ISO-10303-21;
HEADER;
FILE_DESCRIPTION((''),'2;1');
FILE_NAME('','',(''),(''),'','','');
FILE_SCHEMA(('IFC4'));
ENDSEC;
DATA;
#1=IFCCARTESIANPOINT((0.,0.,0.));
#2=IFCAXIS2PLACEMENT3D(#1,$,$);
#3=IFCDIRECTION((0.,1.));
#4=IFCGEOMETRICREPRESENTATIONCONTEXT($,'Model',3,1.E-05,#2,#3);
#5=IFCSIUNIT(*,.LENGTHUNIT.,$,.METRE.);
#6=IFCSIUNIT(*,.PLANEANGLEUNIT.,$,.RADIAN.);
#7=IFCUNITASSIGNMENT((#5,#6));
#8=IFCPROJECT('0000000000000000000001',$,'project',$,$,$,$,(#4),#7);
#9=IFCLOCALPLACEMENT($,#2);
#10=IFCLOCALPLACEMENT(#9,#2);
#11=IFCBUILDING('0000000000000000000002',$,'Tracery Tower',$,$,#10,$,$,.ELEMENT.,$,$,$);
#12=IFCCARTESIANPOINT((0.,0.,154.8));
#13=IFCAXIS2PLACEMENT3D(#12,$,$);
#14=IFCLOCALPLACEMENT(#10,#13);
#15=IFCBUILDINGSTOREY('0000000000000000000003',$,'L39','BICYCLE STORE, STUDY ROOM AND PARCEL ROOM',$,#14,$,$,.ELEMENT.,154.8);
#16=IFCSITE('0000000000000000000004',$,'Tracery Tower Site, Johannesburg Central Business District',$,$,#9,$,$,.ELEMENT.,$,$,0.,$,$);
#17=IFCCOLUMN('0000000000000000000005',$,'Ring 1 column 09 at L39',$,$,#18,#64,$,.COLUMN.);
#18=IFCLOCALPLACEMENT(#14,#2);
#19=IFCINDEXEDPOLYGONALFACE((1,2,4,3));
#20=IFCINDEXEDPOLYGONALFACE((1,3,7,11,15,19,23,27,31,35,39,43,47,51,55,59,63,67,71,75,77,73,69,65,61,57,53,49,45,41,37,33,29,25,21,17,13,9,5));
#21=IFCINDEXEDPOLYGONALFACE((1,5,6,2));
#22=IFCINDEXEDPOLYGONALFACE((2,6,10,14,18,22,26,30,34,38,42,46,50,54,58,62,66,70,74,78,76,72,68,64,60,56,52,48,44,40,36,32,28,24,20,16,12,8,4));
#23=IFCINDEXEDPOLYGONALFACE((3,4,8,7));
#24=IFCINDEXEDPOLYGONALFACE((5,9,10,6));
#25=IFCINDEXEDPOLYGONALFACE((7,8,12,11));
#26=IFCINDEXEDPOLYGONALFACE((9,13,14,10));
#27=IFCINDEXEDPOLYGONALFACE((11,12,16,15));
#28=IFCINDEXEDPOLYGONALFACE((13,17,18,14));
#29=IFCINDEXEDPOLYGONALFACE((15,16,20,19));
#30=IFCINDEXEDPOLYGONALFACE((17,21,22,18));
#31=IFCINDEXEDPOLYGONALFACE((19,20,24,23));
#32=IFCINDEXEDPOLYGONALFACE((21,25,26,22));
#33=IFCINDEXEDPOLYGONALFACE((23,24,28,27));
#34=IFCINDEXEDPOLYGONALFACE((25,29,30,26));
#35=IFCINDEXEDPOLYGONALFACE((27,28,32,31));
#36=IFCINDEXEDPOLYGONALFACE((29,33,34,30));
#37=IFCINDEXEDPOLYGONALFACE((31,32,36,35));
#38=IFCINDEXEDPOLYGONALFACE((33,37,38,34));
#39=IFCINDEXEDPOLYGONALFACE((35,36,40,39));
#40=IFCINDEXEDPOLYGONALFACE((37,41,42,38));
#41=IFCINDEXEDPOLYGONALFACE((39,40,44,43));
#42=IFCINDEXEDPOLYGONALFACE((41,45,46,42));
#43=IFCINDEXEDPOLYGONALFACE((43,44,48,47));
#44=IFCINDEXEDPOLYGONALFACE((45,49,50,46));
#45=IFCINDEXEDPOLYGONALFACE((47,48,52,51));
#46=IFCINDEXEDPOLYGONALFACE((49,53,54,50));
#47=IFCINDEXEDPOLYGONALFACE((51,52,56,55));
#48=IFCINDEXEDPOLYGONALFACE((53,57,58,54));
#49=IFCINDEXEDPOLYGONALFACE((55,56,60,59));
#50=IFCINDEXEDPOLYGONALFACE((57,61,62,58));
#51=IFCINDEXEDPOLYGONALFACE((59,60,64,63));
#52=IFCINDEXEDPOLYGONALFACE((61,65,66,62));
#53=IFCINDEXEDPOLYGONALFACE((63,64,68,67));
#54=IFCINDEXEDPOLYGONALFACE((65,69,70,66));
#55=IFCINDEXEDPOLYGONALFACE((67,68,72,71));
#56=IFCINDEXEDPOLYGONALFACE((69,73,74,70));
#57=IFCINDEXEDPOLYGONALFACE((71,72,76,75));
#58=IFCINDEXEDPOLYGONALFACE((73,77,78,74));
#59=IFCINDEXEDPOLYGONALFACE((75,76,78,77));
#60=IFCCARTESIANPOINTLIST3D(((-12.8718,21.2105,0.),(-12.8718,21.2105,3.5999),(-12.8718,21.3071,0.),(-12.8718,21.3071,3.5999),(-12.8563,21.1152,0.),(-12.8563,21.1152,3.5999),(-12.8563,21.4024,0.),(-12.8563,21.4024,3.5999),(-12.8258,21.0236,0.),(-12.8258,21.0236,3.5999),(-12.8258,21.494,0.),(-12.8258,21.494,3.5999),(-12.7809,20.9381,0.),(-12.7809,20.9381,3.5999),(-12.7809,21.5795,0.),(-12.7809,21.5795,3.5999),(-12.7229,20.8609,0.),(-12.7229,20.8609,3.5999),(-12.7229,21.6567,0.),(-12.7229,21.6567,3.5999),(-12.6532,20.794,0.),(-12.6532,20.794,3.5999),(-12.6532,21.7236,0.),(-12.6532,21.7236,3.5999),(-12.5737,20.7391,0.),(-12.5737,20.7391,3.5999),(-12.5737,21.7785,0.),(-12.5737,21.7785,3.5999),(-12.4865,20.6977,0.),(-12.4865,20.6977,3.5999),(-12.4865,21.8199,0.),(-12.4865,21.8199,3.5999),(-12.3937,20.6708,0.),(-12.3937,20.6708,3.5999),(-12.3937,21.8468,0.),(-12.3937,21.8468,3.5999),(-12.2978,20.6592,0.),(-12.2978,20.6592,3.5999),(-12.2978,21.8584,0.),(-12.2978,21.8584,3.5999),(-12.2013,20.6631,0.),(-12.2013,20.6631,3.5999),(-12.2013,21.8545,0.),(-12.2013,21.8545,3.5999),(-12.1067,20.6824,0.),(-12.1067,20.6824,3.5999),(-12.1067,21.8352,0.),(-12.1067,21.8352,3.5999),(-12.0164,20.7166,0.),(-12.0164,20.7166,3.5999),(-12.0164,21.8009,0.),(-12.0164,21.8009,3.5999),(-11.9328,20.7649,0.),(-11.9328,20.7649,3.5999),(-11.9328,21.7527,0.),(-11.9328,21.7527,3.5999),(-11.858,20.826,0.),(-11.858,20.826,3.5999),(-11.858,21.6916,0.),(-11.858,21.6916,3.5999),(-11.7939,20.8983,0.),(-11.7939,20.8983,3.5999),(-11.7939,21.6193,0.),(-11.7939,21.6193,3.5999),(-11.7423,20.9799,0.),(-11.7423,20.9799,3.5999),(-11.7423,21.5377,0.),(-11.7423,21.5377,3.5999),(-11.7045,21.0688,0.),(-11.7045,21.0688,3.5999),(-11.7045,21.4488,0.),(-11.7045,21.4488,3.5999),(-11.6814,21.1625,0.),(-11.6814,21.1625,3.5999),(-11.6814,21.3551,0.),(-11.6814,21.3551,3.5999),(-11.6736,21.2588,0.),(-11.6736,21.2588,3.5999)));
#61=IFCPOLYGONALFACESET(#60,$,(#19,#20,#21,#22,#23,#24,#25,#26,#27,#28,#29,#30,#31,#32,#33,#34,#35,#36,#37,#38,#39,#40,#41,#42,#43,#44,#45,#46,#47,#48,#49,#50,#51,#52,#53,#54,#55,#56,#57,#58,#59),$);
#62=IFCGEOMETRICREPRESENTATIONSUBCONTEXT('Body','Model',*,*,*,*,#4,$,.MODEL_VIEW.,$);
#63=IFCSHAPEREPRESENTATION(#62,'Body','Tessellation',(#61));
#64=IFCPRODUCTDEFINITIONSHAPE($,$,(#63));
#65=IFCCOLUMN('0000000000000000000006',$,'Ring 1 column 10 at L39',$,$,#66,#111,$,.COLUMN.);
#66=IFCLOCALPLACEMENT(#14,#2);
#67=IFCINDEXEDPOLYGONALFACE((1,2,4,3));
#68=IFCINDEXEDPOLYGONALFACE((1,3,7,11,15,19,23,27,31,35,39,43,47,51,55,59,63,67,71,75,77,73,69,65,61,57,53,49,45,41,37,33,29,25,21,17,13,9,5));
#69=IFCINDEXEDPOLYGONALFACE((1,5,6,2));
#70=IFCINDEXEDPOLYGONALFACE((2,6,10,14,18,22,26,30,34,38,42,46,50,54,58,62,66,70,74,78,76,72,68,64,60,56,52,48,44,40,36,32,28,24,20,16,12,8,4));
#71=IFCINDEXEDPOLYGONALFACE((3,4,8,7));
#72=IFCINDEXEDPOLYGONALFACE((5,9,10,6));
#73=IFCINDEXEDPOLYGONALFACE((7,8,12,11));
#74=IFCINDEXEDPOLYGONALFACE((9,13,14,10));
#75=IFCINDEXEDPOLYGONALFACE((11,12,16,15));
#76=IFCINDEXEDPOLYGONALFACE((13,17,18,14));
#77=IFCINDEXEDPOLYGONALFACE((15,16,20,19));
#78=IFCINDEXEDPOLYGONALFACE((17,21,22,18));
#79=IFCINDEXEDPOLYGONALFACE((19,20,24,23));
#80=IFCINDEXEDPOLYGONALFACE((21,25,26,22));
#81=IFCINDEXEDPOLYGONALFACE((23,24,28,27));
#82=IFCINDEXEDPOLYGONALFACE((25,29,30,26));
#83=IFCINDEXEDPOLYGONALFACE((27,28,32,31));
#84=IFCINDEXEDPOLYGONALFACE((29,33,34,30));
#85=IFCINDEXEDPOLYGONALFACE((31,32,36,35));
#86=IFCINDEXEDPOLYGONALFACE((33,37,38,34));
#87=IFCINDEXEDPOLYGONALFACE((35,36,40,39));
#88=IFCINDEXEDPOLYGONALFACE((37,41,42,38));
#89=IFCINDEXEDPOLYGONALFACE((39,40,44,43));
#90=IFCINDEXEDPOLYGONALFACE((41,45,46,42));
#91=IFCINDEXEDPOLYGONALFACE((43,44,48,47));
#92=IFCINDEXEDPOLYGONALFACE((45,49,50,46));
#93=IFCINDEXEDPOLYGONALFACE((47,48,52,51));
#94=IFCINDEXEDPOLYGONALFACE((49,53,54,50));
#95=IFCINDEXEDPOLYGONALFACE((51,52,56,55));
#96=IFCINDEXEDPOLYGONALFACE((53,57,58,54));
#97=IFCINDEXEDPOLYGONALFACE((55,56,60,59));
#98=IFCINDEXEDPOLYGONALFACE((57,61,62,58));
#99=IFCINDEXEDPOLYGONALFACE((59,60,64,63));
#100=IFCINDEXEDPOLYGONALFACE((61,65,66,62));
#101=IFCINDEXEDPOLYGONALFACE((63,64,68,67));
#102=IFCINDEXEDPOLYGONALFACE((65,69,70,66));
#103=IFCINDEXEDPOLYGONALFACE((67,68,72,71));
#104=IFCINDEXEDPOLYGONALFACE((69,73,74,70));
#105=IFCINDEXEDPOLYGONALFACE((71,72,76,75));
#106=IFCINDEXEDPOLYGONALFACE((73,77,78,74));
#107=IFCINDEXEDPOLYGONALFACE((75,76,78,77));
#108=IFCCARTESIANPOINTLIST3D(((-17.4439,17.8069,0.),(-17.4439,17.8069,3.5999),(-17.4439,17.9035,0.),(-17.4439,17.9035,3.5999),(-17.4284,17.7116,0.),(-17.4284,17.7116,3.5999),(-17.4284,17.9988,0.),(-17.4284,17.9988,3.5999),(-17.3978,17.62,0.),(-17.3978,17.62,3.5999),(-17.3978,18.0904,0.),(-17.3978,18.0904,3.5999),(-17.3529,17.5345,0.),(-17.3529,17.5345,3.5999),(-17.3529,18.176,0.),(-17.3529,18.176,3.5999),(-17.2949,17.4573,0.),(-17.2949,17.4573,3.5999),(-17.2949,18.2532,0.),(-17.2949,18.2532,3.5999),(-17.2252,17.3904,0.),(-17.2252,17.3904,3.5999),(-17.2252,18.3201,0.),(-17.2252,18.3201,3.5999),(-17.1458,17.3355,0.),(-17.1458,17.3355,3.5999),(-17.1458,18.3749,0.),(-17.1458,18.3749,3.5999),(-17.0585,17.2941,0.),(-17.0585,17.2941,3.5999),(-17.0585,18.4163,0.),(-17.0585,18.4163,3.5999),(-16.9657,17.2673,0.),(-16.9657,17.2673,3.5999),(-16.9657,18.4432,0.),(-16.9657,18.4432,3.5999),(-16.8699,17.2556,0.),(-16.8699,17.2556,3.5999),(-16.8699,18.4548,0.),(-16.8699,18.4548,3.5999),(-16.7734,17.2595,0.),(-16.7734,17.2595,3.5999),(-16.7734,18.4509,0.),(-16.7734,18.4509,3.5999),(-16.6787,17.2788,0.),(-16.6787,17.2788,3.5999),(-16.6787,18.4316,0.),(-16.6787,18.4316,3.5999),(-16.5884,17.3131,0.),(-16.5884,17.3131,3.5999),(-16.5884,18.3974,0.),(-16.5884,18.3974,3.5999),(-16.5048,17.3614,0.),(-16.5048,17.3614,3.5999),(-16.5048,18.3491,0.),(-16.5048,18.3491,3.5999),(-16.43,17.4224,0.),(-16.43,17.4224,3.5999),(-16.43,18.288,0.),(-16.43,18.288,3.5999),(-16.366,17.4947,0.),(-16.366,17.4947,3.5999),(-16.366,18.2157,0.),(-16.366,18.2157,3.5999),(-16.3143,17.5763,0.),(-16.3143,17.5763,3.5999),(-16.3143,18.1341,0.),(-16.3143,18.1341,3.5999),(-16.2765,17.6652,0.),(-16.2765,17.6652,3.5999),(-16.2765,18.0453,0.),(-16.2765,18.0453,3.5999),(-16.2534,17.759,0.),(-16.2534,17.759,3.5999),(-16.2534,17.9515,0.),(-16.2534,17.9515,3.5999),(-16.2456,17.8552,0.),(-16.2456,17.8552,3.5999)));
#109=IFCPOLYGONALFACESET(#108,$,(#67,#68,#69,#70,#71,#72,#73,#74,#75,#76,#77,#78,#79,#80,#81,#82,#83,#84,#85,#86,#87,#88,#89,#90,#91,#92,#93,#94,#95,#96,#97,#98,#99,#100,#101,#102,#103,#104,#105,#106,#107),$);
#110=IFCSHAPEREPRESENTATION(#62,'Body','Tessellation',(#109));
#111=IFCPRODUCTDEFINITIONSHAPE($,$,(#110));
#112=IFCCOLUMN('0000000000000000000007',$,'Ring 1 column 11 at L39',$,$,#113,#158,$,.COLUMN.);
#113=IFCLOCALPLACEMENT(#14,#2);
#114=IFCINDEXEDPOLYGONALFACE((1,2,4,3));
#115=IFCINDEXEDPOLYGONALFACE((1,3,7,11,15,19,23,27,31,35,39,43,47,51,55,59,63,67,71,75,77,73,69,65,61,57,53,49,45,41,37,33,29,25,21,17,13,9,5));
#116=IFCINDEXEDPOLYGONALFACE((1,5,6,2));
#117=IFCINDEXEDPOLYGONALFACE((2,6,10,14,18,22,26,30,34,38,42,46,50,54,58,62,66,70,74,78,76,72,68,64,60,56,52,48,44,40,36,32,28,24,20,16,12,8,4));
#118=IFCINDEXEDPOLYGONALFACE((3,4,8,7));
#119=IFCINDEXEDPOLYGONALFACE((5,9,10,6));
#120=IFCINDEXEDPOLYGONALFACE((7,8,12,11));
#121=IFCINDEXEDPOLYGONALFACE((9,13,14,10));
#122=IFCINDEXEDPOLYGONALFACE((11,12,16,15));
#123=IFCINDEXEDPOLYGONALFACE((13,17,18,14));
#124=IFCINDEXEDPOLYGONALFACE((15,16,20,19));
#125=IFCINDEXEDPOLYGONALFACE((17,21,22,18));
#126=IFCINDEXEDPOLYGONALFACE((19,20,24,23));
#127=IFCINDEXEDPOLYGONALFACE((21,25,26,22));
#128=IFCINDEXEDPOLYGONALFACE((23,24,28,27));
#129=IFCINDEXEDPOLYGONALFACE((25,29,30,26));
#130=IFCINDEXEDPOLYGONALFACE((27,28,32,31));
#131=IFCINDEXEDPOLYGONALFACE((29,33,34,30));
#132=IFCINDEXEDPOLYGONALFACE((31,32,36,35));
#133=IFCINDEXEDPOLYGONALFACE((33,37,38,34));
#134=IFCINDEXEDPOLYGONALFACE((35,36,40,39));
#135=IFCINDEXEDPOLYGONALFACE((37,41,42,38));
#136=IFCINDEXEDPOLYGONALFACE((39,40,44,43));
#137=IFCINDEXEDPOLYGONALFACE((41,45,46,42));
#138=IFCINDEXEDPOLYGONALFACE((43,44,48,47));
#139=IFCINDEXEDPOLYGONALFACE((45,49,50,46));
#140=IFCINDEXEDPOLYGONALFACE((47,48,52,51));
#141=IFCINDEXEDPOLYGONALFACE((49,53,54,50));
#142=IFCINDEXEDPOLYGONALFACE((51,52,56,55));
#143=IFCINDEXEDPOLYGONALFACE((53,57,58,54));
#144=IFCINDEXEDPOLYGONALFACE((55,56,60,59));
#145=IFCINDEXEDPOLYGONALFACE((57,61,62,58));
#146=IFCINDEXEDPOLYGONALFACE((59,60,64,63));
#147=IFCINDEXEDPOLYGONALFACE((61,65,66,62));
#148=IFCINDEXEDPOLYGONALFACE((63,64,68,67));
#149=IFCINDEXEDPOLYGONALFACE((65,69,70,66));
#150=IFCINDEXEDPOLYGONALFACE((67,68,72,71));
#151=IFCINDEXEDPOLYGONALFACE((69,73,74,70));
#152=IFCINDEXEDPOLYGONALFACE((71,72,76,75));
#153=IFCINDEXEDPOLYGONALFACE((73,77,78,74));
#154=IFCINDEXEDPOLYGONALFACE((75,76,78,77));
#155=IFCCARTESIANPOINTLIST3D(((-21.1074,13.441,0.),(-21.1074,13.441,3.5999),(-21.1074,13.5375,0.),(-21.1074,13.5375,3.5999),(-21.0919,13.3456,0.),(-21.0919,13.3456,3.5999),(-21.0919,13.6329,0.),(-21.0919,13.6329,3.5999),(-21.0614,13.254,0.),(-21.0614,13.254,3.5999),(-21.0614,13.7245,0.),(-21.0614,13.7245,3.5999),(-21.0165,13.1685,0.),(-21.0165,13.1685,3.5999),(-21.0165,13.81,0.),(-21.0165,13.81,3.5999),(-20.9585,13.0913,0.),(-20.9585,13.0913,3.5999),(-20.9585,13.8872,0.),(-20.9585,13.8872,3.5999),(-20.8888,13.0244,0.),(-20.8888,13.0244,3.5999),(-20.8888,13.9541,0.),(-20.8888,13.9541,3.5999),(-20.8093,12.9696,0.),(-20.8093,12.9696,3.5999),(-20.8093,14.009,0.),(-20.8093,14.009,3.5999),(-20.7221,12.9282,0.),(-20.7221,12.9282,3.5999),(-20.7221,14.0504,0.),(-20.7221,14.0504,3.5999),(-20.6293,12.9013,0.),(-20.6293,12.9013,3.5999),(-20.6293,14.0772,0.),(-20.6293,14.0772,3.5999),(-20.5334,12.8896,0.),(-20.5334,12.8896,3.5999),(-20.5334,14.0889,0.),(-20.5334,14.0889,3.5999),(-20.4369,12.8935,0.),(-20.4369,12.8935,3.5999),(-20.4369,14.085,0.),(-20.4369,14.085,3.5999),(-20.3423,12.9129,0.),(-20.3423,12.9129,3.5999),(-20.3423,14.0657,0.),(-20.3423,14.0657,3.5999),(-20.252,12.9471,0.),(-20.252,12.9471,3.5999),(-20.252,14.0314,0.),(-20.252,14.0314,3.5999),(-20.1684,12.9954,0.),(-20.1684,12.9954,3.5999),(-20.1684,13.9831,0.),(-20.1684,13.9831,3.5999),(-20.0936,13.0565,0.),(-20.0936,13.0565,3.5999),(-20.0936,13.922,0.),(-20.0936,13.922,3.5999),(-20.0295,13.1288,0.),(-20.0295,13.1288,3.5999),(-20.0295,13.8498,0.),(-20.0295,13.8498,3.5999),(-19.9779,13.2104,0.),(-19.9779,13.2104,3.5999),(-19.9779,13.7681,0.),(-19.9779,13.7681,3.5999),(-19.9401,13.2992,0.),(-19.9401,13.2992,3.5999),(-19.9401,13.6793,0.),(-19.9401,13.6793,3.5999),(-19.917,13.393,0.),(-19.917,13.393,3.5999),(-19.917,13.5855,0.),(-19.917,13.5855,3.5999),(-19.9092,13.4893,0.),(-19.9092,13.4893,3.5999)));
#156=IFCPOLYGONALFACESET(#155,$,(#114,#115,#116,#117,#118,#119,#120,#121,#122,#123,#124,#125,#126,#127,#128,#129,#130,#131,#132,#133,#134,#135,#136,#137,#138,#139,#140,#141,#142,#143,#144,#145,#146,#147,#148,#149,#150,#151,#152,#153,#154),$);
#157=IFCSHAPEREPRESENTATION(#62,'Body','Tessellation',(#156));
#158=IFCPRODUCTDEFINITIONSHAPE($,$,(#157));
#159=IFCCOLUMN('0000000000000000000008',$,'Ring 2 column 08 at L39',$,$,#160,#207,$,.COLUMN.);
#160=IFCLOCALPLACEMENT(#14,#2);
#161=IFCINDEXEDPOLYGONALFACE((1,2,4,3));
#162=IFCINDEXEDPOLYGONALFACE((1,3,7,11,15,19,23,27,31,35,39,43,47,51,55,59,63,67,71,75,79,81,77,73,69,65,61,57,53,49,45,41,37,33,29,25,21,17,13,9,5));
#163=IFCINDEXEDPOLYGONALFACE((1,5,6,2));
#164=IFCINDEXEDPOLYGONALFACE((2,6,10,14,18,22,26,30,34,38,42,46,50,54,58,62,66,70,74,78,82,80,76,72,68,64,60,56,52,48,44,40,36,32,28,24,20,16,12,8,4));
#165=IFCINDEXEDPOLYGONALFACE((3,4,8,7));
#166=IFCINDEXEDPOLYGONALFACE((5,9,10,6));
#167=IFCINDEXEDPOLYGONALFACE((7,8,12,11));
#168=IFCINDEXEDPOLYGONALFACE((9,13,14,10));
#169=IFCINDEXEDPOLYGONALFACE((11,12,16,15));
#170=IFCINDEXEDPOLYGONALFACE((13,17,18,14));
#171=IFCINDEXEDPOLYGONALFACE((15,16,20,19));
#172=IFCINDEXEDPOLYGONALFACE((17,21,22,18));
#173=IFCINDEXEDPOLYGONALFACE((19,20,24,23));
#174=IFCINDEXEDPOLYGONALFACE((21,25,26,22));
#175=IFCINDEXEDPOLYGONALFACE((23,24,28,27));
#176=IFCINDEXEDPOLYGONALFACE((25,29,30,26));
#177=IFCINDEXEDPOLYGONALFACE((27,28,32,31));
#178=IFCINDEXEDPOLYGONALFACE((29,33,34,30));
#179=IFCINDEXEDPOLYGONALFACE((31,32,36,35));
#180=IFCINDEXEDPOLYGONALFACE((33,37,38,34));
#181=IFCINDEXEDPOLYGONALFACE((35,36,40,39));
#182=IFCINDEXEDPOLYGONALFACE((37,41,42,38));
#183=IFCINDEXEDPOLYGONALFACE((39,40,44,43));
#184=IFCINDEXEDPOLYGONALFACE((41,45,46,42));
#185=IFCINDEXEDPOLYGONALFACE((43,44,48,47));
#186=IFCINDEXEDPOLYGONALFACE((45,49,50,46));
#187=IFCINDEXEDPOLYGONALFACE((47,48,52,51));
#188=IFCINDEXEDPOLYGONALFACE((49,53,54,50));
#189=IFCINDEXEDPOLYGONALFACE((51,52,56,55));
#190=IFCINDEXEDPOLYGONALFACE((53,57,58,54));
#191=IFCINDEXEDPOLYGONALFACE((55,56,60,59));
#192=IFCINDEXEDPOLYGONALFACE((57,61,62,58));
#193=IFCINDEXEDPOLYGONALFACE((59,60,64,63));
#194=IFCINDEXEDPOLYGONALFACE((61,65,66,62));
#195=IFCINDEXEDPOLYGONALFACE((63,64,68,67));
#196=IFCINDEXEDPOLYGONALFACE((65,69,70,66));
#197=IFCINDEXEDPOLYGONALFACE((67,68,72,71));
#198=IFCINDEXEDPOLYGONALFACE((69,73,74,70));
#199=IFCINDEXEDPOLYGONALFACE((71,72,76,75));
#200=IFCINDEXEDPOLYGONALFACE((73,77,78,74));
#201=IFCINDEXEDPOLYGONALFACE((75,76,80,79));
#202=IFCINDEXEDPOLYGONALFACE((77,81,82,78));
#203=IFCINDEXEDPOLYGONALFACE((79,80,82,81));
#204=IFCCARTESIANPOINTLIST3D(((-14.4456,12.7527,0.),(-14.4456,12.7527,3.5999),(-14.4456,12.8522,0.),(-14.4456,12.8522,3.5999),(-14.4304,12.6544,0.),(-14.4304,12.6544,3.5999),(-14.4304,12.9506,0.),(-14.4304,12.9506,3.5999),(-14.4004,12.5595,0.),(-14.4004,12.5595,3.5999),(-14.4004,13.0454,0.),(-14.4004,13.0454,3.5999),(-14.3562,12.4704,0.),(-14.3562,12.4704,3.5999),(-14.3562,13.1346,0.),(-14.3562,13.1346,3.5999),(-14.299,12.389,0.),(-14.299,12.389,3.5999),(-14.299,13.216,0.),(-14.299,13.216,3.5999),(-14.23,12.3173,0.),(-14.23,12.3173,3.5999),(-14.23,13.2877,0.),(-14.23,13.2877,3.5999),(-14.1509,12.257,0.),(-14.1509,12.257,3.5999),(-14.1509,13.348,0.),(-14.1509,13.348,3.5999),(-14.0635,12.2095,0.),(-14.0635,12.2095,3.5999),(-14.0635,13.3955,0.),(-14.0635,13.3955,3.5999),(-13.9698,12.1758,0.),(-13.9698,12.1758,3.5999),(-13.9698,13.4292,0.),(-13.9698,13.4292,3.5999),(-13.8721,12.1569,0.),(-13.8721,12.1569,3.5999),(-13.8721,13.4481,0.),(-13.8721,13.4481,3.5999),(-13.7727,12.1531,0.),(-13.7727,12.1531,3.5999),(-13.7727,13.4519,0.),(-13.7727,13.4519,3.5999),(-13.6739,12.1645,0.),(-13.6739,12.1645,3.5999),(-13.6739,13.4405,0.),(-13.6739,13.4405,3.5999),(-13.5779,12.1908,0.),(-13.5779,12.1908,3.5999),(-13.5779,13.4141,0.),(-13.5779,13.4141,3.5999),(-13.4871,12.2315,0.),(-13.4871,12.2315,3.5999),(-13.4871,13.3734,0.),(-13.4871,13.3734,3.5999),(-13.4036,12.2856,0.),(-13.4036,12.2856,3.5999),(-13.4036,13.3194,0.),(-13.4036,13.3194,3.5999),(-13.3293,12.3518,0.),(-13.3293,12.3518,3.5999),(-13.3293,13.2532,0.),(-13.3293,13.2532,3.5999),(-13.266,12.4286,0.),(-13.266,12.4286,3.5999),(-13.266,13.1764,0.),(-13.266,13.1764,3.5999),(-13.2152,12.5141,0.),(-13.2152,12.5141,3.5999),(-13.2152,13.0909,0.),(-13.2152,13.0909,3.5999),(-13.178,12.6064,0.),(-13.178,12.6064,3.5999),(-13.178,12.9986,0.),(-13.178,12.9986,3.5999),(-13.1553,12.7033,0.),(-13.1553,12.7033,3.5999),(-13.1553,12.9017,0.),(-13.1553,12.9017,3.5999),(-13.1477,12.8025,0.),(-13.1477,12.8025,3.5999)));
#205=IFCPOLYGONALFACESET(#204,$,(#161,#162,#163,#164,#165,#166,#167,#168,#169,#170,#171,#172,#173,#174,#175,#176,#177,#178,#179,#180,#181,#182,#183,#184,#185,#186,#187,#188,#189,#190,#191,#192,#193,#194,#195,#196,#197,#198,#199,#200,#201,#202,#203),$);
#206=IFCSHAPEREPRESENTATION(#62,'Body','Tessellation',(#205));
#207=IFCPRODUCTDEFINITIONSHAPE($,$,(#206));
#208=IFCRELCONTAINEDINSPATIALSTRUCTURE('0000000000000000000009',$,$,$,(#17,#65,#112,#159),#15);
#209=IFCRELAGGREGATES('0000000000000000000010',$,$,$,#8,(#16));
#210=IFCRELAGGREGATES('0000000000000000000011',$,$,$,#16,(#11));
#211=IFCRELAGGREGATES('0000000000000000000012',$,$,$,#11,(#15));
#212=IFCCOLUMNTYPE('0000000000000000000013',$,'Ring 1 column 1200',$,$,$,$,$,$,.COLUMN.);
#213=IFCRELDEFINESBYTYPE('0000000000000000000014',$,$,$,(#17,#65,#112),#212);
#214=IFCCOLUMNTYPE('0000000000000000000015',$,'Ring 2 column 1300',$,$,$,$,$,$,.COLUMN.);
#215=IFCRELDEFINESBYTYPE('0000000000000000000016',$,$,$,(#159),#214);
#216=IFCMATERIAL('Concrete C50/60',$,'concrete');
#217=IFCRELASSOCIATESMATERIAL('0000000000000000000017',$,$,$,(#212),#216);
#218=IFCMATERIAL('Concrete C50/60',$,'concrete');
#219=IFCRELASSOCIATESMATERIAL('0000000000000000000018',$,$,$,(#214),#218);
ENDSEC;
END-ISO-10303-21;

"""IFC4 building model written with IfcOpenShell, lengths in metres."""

from ifc_helpers import new_model, si_unit, direction, frame, origin, origin_2d, place, context, subcontext, project, spatial, circle, extrude, material, material_profile, profile_set, type_object, element, save


model = new_model("IFC4")

# Units and contexts
model_context = context("Model", 3, precision=1e-05, world=origin(), true_north=direction((0.0, 1.0)))
body_context = subcontext(model_context, "Body", "Model", "MODEL_VIEW")
ifc_project = project(units=[si_unit("LENGTHUNIT", "METRE"), si_unit("PLANEANGLEUNIT", "RADIAN")], contexts=[model_context])

# Site, building, storey
site_placement = place(None, origin())
site = spatial("IfcSite", under=ifc_project, at=site_placement, Name="Tracery Tower Site, Johannesburg Central Business District", CompositionType="ELEMENT", RefElevation=0.0)
building_placement = place(site_placement, origin())
building = spatial("IfcBuilding", under=site, at=building_placement, Name="Tracery Tower", CompositionType="ELEMENT")
storey_placement = place(building_placement, frame((0.0, 0.0, 154.8)))
storey = spatial("IfcBuildingStorey", under=building, at=storey_placement, Name="L39", Description="BICYCLE STORE, STUDY ROOM AND PARCEL ROOM", CompositionType="ELEMENT", Elevation=154.8)

# Columns
ifc_material_1 = material(Name="Concrete C50/60", Category="concrete")
ifc_material_profile_1 = material_profile(ifc_material_1, circle(Radius=0.6001, at=origin_2d()), Name="RC D1200")
ifc_profile_set_1 = profile_set([ifc_material_profile_1], Name="Concrete C50/60")
column_type_1 = type_object("IfcColumnType", Name="Ring 1 column 1200", PredefinedType="COLUMN", material=ifc_profile_set_1)
for number, where, z_axis, x_axis, name in (
    (1, (-12.2737, 21.2588, 0.0), (0.0, 0.0, 1.0), (1.0, 0.0, 0.0), "Ring 1 column 09 at L39"),
    (2, (-16.8457, 17.8552, 0.0), (0.0, 0.0, 1.0), (1.0, 0.0, 0.0), "Ring 1 column 10 at L39"),
    (3, (-20.5093, 13.4893, 0.0), (0.0, 0.0, 1.0), (1.0, 0.0, 0.0), "Ring 1 column 11 at L39"),
):
    element("IfcColumn", number, at=place(storey_placement, frame(where, z_axis=z_axis, x_axis=x_axis)), inside=storey, type_object=column_type_1, Name=name, PredefinedType="COLUMN", context=body_context, shape_type="SweptSolid", body=[
        extrude(circle(Radius=0.6001, at=origin_2d()), origin(), (0.0, 0.0, 1.0), 3.5999),
    ])
ifc_material_2 = material(Name="Concrete C50/60", Category="concrete")
ifc_material_profile_2 = material_profile(ifc_material_2, circle(Radius=0.6499, at=origin_2d()), Name="RC D1300")
ifc_profile_set_2 = profile_set([ifc_material_profile_2], Name="Concrete C50/60")
column_type_2 = type_object("IfcColumnType", Name="Ring 2 column 1300", PredefinedType="COLUMN", material=ifc_profile_set_2)
column_placement = place(storey_placement, frame((-13.7976, 12.8025, 0.0), z_axis=(0.0, 0.0, 1.0), x_axis=(1.0, 0.0, 0.0)))
element("IfcColumn", 4, at=column_placement, inside=storey, type_object=column_type_2, Name="Ring 2 column 08 at L39", PredefinedType="COLUMN", context=body_context, shape_type="SweptSolid", body=[
    extrude(circle(Radius=0.6499, at=origin_2d()), origin(), (0.0, 0.0, 1.0), 3.5999),
])

save(model, "model.ifc")
